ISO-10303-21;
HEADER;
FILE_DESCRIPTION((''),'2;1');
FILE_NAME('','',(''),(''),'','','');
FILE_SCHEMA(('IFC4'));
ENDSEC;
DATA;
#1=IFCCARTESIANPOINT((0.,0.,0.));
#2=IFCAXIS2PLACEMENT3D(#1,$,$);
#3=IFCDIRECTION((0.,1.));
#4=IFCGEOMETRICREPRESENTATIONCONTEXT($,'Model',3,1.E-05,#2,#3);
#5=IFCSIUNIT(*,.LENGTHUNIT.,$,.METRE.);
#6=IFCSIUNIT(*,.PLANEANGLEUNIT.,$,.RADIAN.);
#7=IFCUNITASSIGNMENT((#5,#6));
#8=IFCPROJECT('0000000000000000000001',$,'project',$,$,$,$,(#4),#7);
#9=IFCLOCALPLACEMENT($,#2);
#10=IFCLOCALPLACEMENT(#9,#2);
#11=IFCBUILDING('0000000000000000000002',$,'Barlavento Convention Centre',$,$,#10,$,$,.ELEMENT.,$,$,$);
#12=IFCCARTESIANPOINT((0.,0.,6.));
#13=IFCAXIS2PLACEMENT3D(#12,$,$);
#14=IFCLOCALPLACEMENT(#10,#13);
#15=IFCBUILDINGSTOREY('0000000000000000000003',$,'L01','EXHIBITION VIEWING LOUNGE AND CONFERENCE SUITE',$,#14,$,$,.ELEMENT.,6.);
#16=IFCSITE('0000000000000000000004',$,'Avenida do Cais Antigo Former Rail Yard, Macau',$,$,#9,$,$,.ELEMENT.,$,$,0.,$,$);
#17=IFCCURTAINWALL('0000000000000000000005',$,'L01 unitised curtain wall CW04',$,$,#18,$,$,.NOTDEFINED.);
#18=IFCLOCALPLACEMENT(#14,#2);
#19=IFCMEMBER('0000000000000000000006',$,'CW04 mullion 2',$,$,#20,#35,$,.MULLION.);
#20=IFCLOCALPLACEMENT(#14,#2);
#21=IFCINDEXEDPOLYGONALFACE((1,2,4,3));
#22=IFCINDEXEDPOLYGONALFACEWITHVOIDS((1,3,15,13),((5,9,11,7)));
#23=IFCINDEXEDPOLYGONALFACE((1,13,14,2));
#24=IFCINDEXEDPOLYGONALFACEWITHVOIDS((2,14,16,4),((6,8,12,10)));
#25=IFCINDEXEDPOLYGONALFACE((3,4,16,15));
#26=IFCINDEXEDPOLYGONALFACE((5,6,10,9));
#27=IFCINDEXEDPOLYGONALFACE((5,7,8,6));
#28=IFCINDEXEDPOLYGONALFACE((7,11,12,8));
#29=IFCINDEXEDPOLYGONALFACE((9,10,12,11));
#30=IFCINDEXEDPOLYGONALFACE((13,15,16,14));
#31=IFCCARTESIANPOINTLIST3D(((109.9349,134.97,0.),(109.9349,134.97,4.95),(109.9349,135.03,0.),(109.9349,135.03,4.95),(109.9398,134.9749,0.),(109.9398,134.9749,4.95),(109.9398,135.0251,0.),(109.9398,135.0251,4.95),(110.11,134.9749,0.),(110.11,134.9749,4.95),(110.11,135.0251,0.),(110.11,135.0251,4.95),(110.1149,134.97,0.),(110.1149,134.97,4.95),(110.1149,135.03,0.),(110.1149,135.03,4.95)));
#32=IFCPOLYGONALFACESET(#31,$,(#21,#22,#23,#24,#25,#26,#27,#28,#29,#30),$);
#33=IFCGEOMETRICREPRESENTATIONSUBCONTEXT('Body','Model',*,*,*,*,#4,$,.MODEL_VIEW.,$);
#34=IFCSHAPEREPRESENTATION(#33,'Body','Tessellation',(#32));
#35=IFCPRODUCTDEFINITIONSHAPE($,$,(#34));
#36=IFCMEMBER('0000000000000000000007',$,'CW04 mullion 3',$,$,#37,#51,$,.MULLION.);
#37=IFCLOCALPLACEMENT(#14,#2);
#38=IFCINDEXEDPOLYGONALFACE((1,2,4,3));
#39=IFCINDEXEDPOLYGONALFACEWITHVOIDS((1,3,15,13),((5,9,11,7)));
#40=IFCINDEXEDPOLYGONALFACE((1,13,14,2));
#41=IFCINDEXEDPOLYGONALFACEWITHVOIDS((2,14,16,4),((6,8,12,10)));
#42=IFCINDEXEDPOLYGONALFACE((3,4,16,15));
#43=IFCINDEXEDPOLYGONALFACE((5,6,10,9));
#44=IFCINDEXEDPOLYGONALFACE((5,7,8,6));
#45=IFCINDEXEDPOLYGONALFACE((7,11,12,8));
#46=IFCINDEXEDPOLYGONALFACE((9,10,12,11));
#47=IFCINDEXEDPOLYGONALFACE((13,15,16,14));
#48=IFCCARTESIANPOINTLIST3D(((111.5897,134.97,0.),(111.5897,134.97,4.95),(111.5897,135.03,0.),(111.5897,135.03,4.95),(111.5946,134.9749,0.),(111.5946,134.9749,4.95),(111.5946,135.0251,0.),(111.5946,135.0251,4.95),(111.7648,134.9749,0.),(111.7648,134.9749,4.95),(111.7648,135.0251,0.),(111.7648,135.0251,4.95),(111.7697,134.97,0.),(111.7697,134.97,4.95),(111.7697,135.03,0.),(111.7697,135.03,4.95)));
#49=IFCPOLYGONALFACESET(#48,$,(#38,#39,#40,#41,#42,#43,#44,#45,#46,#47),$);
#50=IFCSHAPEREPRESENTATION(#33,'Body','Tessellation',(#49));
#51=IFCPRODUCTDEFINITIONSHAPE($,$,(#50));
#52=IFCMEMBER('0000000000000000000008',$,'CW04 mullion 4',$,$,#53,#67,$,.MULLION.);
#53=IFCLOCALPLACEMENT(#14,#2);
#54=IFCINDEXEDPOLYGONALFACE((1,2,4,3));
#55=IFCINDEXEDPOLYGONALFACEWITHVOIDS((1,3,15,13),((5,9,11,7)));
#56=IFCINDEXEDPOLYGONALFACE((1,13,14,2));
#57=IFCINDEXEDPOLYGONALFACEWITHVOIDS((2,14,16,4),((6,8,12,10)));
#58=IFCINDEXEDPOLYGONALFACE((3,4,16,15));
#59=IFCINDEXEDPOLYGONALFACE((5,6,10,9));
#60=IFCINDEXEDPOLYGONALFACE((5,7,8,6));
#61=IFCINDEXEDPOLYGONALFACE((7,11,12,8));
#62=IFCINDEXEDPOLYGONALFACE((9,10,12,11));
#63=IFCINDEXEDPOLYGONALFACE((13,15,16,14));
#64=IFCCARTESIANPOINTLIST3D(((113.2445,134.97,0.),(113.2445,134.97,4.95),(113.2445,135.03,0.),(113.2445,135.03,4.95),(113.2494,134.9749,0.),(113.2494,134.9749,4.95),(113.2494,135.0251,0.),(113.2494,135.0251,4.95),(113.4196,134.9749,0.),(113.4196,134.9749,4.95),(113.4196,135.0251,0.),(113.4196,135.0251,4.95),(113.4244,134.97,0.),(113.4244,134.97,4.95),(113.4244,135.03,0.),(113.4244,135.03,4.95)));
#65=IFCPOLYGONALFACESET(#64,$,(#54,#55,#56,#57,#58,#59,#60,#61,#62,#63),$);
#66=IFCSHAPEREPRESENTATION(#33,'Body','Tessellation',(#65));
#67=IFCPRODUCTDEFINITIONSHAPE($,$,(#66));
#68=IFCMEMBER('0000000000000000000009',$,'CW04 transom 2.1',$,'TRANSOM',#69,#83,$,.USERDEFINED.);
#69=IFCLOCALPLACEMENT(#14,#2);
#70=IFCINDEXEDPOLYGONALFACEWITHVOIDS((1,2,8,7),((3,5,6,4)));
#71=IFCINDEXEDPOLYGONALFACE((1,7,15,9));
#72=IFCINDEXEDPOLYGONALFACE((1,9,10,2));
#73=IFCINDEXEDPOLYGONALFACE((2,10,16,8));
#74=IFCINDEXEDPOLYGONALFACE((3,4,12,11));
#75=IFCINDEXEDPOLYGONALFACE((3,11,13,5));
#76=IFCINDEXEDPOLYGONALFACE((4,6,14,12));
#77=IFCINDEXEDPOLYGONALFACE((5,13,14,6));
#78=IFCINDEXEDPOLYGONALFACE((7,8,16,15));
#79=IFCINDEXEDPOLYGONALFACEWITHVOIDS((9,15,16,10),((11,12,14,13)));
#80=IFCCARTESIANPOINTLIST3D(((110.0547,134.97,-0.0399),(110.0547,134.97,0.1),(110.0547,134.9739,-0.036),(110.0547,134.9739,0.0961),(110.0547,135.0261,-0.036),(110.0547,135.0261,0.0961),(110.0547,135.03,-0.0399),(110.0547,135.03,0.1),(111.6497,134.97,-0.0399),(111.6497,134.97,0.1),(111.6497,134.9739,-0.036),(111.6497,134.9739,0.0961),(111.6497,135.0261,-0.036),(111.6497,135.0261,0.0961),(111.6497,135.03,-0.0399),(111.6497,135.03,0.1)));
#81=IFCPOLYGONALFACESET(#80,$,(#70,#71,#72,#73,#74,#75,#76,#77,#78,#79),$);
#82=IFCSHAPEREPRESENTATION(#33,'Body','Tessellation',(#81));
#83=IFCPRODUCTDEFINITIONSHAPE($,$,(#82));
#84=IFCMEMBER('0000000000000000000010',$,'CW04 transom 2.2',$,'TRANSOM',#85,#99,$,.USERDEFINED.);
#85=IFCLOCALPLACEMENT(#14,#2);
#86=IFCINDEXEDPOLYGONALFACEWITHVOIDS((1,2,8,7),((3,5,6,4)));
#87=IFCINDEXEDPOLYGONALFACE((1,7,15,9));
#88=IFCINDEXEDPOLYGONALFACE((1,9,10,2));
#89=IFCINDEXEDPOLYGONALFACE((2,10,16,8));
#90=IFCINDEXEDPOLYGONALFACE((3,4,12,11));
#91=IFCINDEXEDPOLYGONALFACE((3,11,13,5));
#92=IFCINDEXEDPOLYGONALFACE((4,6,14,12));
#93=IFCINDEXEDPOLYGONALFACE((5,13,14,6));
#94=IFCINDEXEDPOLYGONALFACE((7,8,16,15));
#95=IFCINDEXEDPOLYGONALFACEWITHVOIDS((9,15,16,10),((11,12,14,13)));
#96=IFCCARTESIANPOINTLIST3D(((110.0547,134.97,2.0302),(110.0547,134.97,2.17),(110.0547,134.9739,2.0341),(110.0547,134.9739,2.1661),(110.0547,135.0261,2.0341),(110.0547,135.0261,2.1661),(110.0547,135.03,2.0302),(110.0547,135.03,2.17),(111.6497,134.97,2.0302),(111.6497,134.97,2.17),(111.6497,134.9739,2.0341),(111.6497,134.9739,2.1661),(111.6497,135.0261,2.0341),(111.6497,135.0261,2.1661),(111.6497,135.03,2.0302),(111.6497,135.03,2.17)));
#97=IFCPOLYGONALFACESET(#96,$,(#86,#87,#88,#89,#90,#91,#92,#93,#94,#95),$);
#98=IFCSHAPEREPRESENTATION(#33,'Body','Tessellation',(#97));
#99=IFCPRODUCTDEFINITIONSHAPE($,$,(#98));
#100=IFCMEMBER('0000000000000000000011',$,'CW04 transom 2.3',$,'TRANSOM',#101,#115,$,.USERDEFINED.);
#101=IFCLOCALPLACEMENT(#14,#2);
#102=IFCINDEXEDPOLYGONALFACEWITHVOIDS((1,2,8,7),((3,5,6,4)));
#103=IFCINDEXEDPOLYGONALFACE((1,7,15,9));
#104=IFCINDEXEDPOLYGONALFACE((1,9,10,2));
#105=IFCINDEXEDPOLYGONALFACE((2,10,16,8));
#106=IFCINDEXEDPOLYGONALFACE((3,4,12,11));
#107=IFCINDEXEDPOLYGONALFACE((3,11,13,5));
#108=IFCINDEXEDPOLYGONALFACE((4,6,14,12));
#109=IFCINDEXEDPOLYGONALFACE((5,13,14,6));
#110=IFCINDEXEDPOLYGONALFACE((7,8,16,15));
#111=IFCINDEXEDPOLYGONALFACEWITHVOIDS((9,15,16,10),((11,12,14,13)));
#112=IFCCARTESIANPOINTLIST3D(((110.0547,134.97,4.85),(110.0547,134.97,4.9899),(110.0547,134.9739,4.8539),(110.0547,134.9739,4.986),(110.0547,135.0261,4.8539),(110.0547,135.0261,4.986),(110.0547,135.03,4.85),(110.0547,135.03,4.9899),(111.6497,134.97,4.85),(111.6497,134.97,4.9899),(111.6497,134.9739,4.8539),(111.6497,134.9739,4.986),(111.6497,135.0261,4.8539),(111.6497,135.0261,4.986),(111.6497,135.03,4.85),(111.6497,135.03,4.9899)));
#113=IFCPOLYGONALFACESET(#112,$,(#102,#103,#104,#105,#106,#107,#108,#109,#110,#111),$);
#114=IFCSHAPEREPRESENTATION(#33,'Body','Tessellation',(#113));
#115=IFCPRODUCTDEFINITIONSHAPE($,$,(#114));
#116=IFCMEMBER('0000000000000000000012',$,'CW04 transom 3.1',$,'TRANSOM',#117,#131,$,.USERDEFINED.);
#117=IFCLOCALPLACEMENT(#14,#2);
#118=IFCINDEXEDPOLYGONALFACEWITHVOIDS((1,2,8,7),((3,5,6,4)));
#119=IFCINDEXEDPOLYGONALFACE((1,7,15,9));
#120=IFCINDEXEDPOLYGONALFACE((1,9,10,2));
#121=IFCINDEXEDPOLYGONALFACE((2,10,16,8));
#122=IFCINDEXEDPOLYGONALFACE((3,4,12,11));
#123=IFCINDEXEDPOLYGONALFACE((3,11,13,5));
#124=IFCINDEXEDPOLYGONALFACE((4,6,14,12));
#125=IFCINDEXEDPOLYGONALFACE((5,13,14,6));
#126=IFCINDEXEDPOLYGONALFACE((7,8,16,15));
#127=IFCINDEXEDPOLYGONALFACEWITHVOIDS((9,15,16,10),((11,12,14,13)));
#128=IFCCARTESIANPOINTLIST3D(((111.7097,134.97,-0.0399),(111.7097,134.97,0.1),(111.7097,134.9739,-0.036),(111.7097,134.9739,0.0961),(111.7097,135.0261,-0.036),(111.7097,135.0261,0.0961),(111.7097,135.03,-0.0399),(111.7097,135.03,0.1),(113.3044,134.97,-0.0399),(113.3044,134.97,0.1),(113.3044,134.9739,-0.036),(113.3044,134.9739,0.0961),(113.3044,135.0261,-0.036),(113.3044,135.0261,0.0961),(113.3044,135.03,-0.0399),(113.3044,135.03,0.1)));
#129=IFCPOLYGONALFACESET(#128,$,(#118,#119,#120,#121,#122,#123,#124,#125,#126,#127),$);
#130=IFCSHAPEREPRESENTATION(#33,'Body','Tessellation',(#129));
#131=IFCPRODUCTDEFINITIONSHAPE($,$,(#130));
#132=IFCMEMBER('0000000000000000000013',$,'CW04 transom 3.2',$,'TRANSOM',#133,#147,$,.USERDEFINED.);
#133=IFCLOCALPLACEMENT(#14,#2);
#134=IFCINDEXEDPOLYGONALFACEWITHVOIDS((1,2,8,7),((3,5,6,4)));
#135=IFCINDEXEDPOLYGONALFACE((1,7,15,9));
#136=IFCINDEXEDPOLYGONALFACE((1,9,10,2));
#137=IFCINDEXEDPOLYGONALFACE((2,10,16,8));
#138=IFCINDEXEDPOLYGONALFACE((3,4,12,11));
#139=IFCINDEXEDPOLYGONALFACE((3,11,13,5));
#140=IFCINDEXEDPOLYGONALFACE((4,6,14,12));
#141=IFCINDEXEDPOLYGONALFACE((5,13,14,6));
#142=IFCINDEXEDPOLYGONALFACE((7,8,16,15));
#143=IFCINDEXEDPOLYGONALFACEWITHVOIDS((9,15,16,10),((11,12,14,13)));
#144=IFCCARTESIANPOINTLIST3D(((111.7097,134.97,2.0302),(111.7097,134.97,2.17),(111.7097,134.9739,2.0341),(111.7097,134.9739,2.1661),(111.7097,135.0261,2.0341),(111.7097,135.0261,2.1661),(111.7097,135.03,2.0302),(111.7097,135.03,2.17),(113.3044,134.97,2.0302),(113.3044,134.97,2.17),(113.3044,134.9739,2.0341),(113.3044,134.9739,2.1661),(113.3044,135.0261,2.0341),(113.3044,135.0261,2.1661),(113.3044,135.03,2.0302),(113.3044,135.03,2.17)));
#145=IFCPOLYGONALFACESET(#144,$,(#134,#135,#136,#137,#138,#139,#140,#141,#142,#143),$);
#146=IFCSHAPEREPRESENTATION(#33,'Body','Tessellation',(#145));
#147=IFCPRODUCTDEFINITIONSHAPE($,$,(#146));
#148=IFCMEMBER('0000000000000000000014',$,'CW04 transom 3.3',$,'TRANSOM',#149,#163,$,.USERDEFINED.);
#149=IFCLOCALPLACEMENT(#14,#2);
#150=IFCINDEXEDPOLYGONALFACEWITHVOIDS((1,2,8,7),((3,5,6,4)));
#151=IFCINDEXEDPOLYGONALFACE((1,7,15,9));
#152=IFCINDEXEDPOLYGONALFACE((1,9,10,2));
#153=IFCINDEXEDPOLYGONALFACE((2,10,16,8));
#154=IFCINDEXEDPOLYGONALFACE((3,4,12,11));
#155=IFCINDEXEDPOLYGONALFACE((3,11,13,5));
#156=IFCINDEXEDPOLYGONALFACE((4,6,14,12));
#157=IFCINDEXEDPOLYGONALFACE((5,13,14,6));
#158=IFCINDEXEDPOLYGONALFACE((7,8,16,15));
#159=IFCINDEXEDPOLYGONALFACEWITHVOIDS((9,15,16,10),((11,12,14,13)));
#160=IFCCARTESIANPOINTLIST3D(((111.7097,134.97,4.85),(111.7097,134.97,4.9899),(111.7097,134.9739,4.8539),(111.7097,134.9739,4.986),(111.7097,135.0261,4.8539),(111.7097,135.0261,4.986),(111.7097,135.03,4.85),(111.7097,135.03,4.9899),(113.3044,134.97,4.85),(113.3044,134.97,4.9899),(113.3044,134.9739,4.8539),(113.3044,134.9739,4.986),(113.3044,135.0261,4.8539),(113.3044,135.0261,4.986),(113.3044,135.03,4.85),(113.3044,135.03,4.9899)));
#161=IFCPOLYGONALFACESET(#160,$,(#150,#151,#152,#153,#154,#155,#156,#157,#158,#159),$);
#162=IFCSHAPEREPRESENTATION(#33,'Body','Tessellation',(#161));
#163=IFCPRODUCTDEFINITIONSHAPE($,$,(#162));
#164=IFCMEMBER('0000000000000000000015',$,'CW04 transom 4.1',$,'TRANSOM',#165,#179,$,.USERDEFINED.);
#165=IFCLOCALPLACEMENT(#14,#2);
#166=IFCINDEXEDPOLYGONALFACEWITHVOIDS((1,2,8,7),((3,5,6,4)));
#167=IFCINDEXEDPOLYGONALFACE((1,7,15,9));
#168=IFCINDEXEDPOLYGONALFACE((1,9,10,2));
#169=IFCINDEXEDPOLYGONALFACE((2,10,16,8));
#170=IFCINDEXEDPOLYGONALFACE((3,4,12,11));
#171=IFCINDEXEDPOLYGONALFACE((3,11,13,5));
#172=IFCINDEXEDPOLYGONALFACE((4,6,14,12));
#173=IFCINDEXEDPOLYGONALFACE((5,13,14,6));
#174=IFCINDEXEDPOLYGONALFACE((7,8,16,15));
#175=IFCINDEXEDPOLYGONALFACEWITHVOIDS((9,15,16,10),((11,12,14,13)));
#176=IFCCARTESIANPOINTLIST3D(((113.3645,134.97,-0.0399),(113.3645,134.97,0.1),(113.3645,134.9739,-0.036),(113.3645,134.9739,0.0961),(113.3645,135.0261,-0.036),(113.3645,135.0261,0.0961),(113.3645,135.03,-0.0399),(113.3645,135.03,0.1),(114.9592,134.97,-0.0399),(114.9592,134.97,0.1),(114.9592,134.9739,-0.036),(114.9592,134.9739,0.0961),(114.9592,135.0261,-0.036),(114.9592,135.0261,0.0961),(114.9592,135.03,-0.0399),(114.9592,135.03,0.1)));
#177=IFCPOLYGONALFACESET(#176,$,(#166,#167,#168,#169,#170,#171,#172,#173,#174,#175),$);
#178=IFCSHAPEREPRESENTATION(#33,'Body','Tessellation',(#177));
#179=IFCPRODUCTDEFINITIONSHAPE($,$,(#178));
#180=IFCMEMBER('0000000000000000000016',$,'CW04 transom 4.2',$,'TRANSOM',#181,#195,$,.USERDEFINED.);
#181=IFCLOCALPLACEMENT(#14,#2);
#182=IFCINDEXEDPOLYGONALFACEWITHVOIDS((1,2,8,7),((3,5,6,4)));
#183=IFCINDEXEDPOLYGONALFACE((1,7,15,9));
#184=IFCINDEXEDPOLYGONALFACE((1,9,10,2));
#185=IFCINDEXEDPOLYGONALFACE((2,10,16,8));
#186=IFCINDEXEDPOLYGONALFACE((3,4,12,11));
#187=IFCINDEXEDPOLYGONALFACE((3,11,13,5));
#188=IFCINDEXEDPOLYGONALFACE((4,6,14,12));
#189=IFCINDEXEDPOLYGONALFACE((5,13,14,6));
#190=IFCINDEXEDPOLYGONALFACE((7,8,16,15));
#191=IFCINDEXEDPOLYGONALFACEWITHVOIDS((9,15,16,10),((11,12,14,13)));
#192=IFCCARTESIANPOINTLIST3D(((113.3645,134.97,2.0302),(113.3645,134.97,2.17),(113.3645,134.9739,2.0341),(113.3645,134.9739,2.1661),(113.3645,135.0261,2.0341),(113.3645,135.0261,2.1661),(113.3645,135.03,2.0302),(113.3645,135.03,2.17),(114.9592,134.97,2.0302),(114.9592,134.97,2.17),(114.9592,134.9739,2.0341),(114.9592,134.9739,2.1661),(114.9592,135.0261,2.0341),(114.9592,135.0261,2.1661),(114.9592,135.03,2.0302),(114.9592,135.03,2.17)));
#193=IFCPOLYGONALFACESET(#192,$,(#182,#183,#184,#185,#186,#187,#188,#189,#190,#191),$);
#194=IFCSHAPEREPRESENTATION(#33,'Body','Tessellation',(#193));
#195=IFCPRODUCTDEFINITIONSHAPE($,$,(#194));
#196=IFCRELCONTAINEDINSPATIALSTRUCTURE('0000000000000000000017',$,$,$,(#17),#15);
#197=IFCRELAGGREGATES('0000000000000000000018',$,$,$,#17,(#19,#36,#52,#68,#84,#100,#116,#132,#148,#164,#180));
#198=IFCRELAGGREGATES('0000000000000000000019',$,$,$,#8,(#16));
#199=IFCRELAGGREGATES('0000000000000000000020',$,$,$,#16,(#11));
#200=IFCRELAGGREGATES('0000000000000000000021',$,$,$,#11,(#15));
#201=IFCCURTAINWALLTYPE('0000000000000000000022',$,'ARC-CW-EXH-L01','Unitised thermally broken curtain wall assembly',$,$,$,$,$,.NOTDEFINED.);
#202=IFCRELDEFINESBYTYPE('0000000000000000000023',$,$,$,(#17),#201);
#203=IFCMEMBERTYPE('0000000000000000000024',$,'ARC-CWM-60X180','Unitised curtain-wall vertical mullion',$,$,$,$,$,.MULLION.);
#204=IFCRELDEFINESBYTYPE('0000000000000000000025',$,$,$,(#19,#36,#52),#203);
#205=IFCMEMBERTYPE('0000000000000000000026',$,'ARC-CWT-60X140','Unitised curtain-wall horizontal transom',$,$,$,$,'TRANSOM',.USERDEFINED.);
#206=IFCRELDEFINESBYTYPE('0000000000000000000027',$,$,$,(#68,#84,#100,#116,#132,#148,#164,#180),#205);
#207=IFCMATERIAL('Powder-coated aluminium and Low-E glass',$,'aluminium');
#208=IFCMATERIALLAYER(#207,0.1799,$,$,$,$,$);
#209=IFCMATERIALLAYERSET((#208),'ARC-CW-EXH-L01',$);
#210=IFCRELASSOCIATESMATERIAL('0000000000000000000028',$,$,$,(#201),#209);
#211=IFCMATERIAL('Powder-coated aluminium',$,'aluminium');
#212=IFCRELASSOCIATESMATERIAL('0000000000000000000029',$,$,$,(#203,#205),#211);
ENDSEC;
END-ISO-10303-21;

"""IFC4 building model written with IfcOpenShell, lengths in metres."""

from ifc_helpers import new_model, si_unit, direction, frame, origin, origin_2d, place, context, subcontext, project, spatial, hollow_rectangle, extrude, material, layer, layer_set, material_profile, profile_set, type_object, element, aggregate, save


model = new_model("IFC4")

# Units and contexts
model_context = context("Model", 3, precision=1e-05, world=origin(), true_north=direction((0.0, 1.0)))
body_context = subcontext(model_context, "Body", "Model", "MODEL_VIEW")
ifc_project = project(units=[si_unit("LENGTHUNIT", "METRE"), si_unit("PLANEANGLEUNIT", "RADIAN")], contexts=[model_context])

# Site, building, storey
site_placement = place(None, origin())
site = spatial("IfcSite", under=ifc_project, at=site_placement, Name="Avenida do Cais Antigo Former Rail Yard, Macau", CompositionType="ELEMENT", RefElevation=0.0)
building_placement = place(site_placement, origin())
building = spatial("IfcBuilding", under=site, at=building_placement, Name="Barlavento Convention Centre", CompositionType="ELEMENT")
storey_placement = place(building_placement, frame((0.0, 0.0, 6.0)))
storey = spatial("IfcBuildingStorey", under=building, at=storey_placement, Name="L01", Description="EXHIBITION VIEWING LOUNGE AND CONFERENCE SUITE", CompositionType="ELEMENT", Elevation=6.0)

# Curtain wall, members
ifc_material_1 = material(Name="Powder-coated aluminium and Low-E glass", Category="aluminium")
ifc_layer_1 = layer(ifc_material_1, 0.1799)
ifc_layer_set_1 = layer_set([ifc_layer_1], Name="ARC-CW-EXH-L01")
curtain_wall_type = type_object("IfcCurtainWallType", Name="ARC-CW-EXH-L01", Description="Unitised thermally broken curtain wall assembly", PredefinedType="NOTDEFINED", material=ifc_layer_set_1)
curtain_wall_placement = place(storey_placement, origin())
curtain_wall = element("IfcCurtainWall", 1, at=curtain_wall_placement, inside=storey, type_object=curtain_wall_type, Name="L01 unitised curtain wall CW04", PredefinedType="NOTDEFINED")
ifc_material_2 = material(Name="Powder-coated aluminium", Category="aluminium")
ifc_material_profile_1 = material_profile(ifc_material_2, hollow_rectangle(XDim=0.0601, YDim=0.1799, WallThickness=0.0049, at=origin_2d()), Name="AL-MULL 60x180x5")
ifc_profile_set_1 = profile_set([ifc_material_profile_1], Name="Powder-coated aluminium")
member_type_1 = type_object("IfcMemberType", Name="ARC-CWM-60X180", Description="Unitised curtain-wall vertical mullion", PredefinedType="MULLION", material=ifc_profile_set_1)
member_1_placement = place(storey_placement, frame((110.0249, 135.0, 0.0), z_axis=(0.0, 0.0, 1.0), x_axis=(0.0, 1.0, 0.0)))
member_1 = element("IfcMember", 2, at=member_1_placement, type_object=member_type_1, Name="CW04 mullion 2", PredefinedType="MULLION", context=body_context, shape_type="SweptSolid", body=[
    extrude(hollow_rectangle(XDim=0.0601, YDim=0.1799, WallThickness=0.0049, at=origin_2d()), origin(), (0.0, 0.0, 1.0), 4.95),
])
member_2_placement = place(storey_placement, frame((111.6797, 135.0, 0.0), z_axis=(0.0, 0.0, 1.0), x_axis=(0.0, 1.0, 0.0)))
member_2 = element("IfcMember", 3, at=member_2_placement, type_object=member_type_1, Name="CW04 mullion 3", PredefinedType="MULLION", context=body_context, shape_type="SweptSolid", body=[
    extrude(hollow_rectangle(XDim=0.0601, YDim=0.1799, WallThickness=0.0049, at=origin_2d()), origin(), (0.0, 0.0, 1.0), 4.95),
])
member_3_placement = place(storey_placement, frame((113.3345, 135.0, 0.0), z_axis=(0.0, 0.0, 1.0), x_axis=(0.0, 1.0, 0.0)))
member_3 = element("IfcMember", 4, at=member_3_placement, type_object=member_type_1, Name="CW04 mullion 4", PredefinedType="MULLION", context=body_context, shape_type="SweptSolid", body=[
    extrude(hollow_rectangle(XDim=0.0601, YDim=0.1799, WallThickness=0.0049, at=origin_2d()), origin(), (0.0, 0.0, 1.0), 4.95),
])
ifc_material_profile_2 = material_profile(ifc_material_2, hollow_rectangle(XDim=0.0601, YDim=0.1399, WallThickness=0.0039, at=origin_2d()), Name="AL-TRAN 60x140x4")
ifc_profile_set_2 = profile_set([ifc_material_profile_2], Name="Powder-coated aluminium")
member_type_2 = type_object("IfcMemberType", Name="ARC-CWT-60X140", Description="Unitised curtain-wall horizontal transom", ElementType="TRANSOM", PredefinedType="USERDEFINED", material=ifc_profile_set_2)
member_4_placement = place(storey_placement, frame((110.0547, 135.0, 0.03), z_axis=(1.0, 0.0, 0.0), x_axis=(0.0, 1.0, 0.0)))
member_4 = element("IfcMember", 5, at=member_4_placement, type_object=member_type_2, Name="CW04 transom 2.1", ObjectType="TRANSOM", PredefinedType="USERDEFINED", context=body_context, shape_type="SweptSolid", body=[
    extrude(hollow_rectangle(XDim=0.0601, YDim=0.1399, WallThickness=0.0039, at=origin_2d()), origin(), (0.0, 0.0, 1.0), 1.595),
])
member_5_placement = place(storey_placement, frame((110.0547, 135.0, 2.1001), z_axis=(1.0, 0.0, 0.0), x_axis=(0.0, 1.0, 0.0)))
member_5 = element("IfcMember", 6, at=member_5_placement, type_object=member_type_2, Name="CW04 transom 2.2", ObjectType="TRANSOM", PredefinedType="USERDEFINED", context=body_context, shape_type="SweptSolid", body=[
    extrude(hollow_rectangle(XDim=0.0601, YDim=0.1399, WallThickness=0.0039, at=origin_2d()), origin(), (0.0, 0.0, 1.0), 1.595),
])
member_6_placement = place(storey_placement, frame((110.0547, 135.0, 4.9199), z_axis=(1.0, 0.0, 0.0), x_axis=(0.0, 1.0, 0.0)))
member_6 = element("IfcMember", 7, at=member_6_placement, type_object=member_type_2, Name="CW04 transom 2.3", ObjectType="TRANSOM", PredefinedType="USERDEFINED", context=body_context, shape_type="SweptSolid", body=[
    extrude(hollow_rectangle(XDim=0.0601, YDim=0.1399, WallThickness=0.0039, at=origin_2d()), origin(), (0.0, 0.0, 1.0), 1.595),
])
member_7_placement = place(storey_placement, frame((111.7097, 135.0, 0.03), z_axis=(1.0, 0.0, 0.0), x_axis=(0.0, 1.0, 0.0)))
member_7 = element("IfcMember", 8, at=member_7_placement, type_object=member_type_2, Name="CW04 transom 3.1", ObjectType="TRANSOM", PredefinedType="USERDEFINED", context=body_context, shape_type="SweptSolid", body=[
    extrude(hollow_rectangle(XDim=0.0601, YDim=0.1399, WallThickness=0.0039, at=origin_2d()), origin(), (0.0, 0.0, 1.0), 1.5947),
])
member_8_placement = place(storey_placement, frame((111.7097, 135.0, 2.1001), z_axis=(1.0, 0.0, 0.0), x_axis=(0.0, 1.0, 0.0)))
member_8 = element("IfcMember", 9, at=member_8_placement, type_object=member_type_2, Name="CW04 transom 3.2", ObjectType="TRANSOM", PredefinedType="USERDEFINED", context=body_context, shape_type="SweptSolid", body=[
    extrude(hollow_rectangle(XDim=0.0601, YDim=0.1399, WallThickness=0.0039, at=origin_2d()), origin(), (0.0, 0.0, 1.0), 1.5947),
])
member_9_placement = place(storey_placement, frame((111.7097, 135.0, 4.9199), z_axis=(1.0, 0.0, 0.0), x_axis=(0.0, 1.0, 0.0)))
member_9 = element("IfcMember", 10, at=member_9_placement, type_object=member_type_2, Name="CW04 transom 3.3", ObjectType="TRANSOM", PredefinedType="USERDEFINED", context=body_context, shape_type="SweptSolid", body=[
    extrude(hollow_rectangle(XDim=0.0601, YDim=0.1399, WallThickness=0.0039, at=origin_2d()), origin(), (0.0, 0.0, 1.0), 1.5947),
])
member_10_placement = place(storey_placement, frame((113.3645, 135.0, 0.03), z_axis=(1.0, 0.0, 0.0), x_axis=(0.0, 1.0, 0.0)))
member_10 = element("IfcMember", 11, at=member_10_placement, type_object=member_type_2, Name="CW04 transom 4.1", ObjectType="TRANSOM", PredefinedType="USERDEFINED", context=body_context, shape_type="SweptSolid", body=[
    extrude(hollow_rectangle(XDim=0.0601, YDim=0.1399, WallThickness=0.0039, at=origin_2d()), origin(), (0.0, 0.0, 1.0), 1.5947),
])
member_11_placement = place(storey_placement, frame((113.3645, 135.0, 2.1001), z_axis=(1.0, 0.0, 0.0), x_axis=(0.0, 1.0, 0.0)))
member_11 = element("IfcMember", 12, at=member_11_placement, type_object=member_type_2, Name="CW04 transom 4.2", ObjectType="TRANSOM", PredefinedType="USERDEFINED", context=body_context, shape_type="SweptSolid", body=[
    extrude(hollow_rectangle(XDim=0.0601, YDim=0.1399, WallThickness=0.0039, at=origin_2d()), origin(), (0.0, 0.0, 1.0), 1.5947),
])
aggregate(curtain_wall, [member_1, member_2, member_3, member_4, member_5, member_6, member_7, member_8, member_9, member_10, member_11])

save(model, "model.ifc")
